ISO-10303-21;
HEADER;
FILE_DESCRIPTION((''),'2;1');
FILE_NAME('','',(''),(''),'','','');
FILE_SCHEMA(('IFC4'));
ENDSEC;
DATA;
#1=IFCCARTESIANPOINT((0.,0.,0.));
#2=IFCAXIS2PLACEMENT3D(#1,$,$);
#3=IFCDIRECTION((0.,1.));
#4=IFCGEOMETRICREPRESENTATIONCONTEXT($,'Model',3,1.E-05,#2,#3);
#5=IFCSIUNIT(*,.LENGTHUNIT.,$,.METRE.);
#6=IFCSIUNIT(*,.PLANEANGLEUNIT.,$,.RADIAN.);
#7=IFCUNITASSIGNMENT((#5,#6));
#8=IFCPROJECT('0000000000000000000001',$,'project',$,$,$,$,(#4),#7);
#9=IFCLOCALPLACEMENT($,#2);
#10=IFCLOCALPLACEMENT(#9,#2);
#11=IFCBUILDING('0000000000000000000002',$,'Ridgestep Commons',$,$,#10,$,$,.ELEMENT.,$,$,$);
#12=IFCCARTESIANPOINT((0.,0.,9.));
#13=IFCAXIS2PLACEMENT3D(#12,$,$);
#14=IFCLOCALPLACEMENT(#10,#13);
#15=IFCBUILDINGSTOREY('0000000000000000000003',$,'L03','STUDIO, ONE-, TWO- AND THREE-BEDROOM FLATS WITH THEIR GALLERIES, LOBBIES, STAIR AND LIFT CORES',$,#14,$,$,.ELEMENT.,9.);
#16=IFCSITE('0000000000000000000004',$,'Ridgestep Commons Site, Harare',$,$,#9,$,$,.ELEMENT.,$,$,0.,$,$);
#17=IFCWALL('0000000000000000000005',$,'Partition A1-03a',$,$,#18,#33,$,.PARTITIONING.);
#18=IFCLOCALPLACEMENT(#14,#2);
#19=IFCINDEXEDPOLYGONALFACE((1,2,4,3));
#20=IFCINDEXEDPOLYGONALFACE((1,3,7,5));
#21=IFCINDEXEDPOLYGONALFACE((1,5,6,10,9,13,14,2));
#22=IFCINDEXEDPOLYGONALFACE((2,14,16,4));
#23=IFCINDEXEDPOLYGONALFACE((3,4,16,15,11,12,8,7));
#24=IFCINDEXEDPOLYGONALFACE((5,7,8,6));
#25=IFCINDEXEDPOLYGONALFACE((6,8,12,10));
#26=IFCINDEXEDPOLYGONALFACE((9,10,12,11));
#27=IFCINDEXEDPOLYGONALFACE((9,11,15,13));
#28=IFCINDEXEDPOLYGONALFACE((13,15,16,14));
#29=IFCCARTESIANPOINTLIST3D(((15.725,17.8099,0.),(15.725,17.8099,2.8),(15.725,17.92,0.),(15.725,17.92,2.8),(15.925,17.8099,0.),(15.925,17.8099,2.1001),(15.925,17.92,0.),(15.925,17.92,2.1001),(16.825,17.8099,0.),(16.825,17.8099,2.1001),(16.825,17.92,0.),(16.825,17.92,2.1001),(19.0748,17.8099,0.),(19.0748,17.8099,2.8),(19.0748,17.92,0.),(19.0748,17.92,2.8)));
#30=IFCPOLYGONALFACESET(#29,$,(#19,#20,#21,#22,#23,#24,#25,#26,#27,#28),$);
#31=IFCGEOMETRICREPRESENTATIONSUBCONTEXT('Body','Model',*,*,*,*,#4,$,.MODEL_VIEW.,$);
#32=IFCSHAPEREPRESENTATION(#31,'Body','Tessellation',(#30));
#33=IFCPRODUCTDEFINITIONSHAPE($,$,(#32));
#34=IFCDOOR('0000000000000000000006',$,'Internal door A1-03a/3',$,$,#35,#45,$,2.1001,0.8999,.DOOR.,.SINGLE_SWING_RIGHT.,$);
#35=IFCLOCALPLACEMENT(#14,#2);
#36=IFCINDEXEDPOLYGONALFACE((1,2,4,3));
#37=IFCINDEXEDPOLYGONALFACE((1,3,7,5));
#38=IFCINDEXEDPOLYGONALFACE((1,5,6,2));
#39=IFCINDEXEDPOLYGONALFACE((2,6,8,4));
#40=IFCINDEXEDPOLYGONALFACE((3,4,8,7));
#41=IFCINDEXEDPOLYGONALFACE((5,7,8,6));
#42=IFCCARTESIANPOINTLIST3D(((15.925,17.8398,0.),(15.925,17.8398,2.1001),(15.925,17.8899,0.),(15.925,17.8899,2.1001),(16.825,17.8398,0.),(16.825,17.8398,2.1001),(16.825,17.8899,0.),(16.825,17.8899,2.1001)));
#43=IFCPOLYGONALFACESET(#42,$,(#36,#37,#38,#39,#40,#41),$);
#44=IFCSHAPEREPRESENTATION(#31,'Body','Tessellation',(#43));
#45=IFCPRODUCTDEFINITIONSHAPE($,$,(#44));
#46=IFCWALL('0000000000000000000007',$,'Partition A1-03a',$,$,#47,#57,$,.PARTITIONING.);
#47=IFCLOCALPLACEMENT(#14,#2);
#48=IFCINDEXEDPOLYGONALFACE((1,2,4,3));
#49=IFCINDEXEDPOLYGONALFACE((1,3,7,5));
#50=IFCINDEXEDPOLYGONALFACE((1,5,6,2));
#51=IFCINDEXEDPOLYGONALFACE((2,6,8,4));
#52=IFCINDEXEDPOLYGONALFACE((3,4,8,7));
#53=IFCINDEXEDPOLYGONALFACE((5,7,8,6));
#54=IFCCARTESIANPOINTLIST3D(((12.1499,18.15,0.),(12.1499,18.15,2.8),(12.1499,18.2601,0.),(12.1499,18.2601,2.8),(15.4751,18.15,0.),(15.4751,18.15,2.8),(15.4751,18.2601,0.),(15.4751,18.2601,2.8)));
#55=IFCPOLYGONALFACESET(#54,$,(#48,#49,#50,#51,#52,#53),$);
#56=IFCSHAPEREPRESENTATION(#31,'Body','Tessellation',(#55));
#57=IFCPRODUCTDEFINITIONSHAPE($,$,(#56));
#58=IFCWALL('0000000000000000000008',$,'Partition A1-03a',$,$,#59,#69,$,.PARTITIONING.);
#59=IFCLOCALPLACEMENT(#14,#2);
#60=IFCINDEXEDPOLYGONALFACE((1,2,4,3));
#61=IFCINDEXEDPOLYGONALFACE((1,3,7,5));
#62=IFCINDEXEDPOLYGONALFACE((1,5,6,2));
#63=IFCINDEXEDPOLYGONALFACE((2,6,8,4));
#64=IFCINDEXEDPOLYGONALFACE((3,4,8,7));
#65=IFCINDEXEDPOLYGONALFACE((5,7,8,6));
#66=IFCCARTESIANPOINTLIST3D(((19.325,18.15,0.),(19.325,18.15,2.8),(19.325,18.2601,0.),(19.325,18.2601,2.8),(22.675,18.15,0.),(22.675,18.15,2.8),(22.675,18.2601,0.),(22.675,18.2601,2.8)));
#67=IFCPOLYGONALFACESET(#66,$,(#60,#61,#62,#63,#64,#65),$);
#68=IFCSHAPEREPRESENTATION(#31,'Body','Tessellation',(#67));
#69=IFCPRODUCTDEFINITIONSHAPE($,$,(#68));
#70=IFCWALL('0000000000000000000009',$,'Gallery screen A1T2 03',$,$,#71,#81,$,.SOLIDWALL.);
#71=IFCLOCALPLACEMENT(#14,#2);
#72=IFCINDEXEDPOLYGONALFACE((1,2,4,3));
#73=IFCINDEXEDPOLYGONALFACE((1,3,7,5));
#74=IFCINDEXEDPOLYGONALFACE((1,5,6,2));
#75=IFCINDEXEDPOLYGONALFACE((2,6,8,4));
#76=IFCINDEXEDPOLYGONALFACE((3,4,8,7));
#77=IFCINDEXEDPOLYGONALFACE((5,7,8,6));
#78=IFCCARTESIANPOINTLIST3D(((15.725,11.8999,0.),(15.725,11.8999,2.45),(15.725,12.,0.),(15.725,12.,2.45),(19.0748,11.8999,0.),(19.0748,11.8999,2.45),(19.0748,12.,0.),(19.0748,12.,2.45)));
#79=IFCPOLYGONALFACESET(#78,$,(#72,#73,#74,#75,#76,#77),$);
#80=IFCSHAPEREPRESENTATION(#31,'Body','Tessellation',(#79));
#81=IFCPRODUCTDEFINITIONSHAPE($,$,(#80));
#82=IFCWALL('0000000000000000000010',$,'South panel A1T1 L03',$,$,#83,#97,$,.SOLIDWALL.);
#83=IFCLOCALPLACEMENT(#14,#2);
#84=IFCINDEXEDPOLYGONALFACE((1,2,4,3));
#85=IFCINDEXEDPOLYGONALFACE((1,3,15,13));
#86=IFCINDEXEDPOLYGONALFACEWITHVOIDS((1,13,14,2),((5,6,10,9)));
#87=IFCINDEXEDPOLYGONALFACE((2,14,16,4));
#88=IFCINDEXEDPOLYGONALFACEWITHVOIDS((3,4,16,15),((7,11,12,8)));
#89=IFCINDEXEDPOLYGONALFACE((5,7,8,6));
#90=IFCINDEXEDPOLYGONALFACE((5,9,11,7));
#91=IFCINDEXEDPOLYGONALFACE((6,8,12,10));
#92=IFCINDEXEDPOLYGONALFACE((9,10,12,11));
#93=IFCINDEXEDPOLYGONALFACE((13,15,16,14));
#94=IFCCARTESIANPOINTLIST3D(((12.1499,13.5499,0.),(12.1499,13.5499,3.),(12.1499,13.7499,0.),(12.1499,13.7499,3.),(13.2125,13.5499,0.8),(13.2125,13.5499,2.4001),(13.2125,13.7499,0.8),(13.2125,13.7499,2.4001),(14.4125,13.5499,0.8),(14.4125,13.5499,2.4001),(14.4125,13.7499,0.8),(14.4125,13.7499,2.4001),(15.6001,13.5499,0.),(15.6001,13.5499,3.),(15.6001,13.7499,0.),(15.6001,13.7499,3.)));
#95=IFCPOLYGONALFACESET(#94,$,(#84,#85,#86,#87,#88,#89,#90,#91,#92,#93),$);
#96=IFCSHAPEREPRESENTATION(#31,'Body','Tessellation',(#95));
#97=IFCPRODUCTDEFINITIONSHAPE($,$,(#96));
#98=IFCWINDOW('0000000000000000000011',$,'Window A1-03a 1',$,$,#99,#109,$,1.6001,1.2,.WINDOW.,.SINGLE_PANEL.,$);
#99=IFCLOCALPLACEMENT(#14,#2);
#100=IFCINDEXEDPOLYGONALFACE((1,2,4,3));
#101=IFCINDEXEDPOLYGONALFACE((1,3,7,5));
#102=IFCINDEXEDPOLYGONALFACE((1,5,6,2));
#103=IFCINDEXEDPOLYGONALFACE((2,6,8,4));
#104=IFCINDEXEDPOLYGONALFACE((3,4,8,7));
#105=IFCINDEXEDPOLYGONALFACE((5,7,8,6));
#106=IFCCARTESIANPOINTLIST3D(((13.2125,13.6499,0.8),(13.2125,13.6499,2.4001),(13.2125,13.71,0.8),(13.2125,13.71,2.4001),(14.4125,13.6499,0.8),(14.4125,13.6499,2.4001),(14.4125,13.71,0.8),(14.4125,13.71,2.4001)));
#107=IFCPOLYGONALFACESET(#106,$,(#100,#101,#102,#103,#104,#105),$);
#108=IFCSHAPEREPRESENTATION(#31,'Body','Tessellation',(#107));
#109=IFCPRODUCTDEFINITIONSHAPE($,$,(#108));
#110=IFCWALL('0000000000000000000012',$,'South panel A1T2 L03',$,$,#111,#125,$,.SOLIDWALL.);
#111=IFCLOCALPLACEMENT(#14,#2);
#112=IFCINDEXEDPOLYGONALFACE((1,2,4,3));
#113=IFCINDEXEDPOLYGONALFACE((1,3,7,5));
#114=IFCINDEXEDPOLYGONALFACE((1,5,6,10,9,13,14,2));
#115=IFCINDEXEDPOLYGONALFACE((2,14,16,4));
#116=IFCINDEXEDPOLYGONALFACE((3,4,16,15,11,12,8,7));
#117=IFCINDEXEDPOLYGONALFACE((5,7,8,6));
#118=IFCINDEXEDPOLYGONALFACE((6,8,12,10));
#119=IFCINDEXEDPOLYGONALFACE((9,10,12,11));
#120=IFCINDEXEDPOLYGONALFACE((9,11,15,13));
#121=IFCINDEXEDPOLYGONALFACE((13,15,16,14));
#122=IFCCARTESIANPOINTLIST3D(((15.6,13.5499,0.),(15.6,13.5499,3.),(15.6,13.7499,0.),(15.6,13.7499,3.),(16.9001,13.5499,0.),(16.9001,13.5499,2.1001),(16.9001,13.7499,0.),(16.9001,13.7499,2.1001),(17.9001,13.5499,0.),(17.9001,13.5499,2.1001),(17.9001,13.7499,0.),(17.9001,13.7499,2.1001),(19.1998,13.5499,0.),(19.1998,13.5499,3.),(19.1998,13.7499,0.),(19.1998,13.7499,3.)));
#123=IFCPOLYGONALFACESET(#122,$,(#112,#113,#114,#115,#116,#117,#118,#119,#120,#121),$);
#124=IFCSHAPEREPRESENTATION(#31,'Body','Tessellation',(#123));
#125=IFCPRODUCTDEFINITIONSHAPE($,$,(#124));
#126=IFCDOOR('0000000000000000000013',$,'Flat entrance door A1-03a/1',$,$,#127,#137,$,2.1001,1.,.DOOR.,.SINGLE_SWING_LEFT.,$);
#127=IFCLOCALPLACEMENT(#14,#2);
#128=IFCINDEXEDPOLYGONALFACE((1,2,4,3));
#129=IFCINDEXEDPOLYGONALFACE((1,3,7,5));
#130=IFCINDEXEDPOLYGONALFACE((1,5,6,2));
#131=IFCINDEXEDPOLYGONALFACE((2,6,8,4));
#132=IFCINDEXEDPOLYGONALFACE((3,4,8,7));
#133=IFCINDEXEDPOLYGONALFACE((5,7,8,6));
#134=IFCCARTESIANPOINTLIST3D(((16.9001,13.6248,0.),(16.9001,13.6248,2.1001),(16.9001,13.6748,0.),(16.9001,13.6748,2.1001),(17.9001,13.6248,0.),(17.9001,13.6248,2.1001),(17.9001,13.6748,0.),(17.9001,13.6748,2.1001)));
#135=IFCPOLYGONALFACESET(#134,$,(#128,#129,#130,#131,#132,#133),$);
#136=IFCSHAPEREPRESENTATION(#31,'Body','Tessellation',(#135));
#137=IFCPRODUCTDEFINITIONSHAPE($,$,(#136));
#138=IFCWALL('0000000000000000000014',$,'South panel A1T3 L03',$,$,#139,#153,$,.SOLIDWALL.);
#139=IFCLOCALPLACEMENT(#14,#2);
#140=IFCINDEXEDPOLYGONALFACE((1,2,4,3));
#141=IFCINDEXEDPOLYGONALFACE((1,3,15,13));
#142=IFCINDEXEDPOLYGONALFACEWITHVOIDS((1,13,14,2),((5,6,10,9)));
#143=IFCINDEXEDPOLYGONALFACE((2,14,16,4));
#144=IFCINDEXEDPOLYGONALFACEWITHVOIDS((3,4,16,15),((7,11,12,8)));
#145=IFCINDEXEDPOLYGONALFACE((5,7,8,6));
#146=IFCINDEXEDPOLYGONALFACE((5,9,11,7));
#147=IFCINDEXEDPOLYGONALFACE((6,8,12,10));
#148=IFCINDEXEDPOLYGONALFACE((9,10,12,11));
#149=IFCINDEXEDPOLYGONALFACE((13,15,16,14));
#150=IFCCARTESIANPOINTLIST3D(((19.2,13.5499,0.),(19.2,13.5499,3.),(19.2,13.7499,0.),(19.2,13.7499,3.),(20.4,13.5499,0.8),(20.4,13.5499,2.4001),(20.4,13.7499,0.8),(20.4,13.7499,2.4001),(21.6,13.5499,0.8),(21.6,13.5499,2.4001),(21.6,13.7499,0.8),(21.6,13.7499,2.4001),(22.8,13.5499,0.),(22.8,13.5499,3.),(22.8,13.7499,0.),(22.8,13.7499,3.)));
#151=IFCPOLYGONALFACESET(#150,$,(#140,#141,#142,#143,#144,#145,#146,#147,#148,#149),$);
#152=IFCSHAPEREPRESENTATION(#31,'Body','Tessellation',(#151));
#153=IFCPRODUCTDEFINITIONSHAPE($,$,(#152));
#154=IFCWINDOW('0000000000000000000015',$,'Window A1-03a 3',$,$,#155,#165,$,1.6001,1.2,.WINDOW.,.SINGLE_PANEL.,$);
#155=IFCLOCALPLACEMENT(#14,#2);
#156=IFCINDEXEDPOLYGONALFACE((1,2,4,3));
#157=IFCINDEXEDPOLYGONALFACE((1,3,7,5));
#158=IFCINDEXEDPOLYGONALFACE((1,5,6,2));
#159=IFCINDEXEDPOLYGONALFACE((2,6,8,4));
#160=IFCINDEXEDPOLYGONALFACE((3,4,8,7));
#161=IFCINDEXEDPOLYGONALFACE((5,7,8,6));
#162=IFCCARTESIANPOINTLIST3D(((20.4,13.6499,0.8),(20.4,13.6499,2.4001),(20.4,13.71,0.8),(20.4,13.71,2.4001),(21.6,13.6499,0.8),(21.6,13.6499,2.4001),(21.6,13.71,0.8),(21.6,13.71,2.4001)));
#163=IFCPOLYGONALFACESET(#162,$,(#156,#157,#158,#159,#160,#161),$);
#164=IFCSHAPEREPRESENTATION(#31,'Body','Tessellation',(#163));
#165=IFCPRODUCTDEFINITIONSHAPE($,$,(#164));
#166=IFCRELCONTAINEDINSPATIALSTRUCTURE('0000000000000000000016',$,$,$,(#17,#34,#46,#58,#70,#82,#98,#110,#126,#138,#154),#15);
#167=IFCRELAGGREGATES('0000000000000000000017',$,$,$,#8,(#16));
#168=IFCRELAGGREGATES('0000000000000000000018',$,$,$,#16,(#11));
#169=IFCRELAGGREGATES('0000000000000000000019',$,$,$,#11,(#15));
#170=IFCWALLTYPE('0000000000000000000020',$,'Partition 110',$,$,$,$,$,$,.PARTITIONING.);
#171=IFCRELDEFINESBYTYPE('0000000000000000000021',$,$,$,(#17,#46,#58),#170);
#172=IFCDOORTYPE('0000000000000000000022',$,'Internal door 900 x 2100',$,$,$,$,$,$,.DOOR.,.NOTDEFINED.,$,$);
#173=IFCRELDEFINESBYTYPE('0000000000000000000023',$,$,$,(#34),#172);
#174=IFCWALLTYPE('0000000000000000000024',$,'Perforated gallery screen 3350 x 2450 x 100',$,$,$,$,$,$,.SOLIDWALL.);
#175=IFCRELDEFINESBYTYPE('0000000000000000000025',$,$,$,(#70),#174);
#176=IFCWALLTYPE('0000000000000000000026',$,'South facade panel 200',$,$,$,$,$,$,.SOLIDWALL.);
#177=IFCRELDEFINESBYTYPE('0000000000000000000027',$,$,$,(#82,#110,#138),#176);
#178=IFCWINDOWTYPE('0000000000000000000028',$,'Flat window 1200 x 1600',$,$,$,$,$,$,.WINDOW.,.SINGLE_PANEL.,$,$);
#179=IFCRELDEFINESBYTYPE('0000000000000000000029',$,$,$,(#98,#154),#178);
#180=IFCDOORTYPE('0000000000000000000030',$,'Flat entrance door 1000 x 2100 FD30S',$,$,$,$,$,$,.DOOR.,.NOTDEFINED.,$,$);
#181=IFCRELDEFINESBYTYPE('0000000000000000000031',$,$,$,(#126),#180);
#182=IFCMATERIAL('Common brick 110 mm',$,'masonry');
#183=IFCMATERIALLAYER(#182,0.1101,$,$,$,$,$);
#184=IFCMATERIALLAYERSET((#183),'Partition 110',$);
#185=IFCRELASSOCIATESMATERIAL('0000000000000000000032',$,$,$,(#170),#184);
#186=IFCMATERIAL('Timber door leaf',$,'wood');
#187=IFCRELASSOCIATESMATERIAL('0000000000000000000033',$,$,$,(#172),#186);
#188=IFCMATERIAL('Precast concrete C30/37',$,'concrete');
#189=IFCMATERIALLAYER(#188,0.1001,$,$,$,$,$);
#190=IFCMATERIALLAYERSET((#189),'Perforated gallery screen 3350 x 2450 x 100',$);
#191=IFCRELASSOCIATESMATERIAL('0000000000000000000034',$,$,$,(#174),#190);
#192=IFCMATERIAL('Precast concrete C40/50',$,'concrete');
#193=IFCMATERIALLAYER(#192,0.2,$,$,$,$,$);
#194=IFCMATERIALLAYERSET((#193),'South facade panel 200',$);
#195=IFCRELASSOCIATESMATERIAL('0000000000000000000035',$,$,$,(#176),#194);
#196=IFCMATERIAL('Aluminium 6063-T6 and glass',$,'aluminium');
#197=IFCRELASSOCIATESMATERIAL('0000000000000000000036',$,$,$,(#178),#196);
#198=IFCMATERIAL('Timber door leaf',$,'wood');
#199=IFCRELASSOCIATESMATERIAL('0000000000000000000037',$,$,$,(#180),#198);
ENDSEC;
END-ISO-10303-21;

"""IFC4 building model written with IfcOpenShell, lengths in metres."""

from ifc_helpers import new_model, si_unit, direction, frame, frame_2d, origin, place, context, subcontext, project, spatial, rectangle, extrude, material, layer, layer_set, type_object, element, fill, save


model = new_model("IFC4")

# Units and contexts
model_context = context("Model", 3, precision=1e-05, world=origin(), true_north=direction((0.0, 1.0)))
body_context = subcontext(model_context, "Body", "Model", "MODEL_VIEW")
ifc_project = project(units=[si_unit("LENGTHUNIT", "METRE"), si_unit("PLANEANGLEUNIT", "RADIAN")], contexts=[model_context])

# Site, building, storey
site_placement = place(None, origin())
site = spatial("IfcSite", under=ifc_project, at=site_placement, Name="Ridgestep Commons Site, Harare", CompositionType="ELEMENT", RefElevation=0.0)
building_placement = place(site_placement, origin())
building = spatial("IfcBuilding", under=site, at=building_placement, Name="Ridgestep Commons", CompositionType="ELEMENT")
storey_placement = place(building_placement, frame((0.0, 0.0, 9.0)))
storey = spatial("IfcBuildingStorey", under=building, at=storey_placement, Name="L03", Description="STUDIO, ONE-, TWO- AND THREE-BEDROOM FLATS WITH THEIR GALLERIES, LOBBIES, STAIR AND LIFT CORES", CompositionType="ELEMENT", Elevation=9.0)

# Shared definitions
ifc_material_1 = material(Name="Common brick 110 mm", Category="masonry")
ifc_layer_1 = layer(ifc_material_1, 0.1101)
ifc_layer_set_1 = layer_set([ifc_layer_1], Name="Partition 110")
wall_type_1 = type_object("IfcWallType", Name="Partition 110", PredefinedType="PARTITIONING", material=ifc_layer_set_1)

# Wall, opening, door
wall_1_placement = place(storey_placement, frame((15.7251, 17.865, 0.0), z_axis=(0.0, 0.0, 1.0), x_axis=(1.0, 0.0, 0.0)))
wall_1 = element("IfcWall", 1, at=wall_1_placement, inside=storey, type_object=wall_type_1, Name="Partition A1-03a", PredefinedType="PARTITIONING", context=body_context, shape_type="SweptSolid", body=[
    extrude(rectangle(XDim=3.3499, YDim=0.1101, at=frame_2d((1.6748, 0.0))), origin(), (0.0, 0.0, 1.0), 2.8),
])
opening_1_placement = place(wall_1_placement, frame((0.2, 0.0, 0.0)))
opening_1 = element("IfcOpeningElement", 2, at=opening_1_placement, cuts=wall_1, PredefinedType="OPENING", context=body_context, shape_type="SweptSolid", body=[
    extrude(rectangle(XDim=0.8999, YDim=2.1001, at=frame_2d((0.45, 1.05))), frame((0.0, 0.0649, 0.0), z_axis=(0.0, -1.0, 0.0), x_axis=(1.0, 0.0, 0.0)), (0.0, 0.0, 1.0), 0.1301),
])
ifc_material_2 = material(Name="Timber door leaf", Category="wood")
door_type_1 = type_object("IfcDoorType", Name="Internal door 900 x 2100", OperationType="NOTDEFINED", PredefinedType="DOOR", material=ifc_material_2)
door_1_placement = place(opening_1_placement, origin())
door_1 = element("IfcDoor", 3, at=door_1_placement, inside=storey, type_object=door_type_1, Name="Internal door A1-03a/3", OperationType="SINGLE_SWING_RIGHT", OverallHeight=2.1001, OverallWidth=0.8999, PredefinedType="DOOR", context=body_context, shape_type="SweptSolid", body=[
    extrude(rectangle(XDim=0.8999, YDim=2.1001, at=frame_2d((0.45, 1.05))), frame((0.0, 0.0249, 0.0), z_axis=(0.0, -1.0, 0.0), x_axis=(1.0, 0.0, 0.0)), (0.0, 0.0, 1.0), 0.05),
])
fill(opening_1, door_1)

# Walls
wall_2_placement = place(storey_placement, frame((12.1499, 18.2051, 0.0), z_axis=(0.0, 0.0, 1.0), x_axis=(1.0, 0.0, 0.0)))
element("IfcWall", 4, at=wall_2_placement, inside=storey, type_object=wall_type_1, Name="Partition A1-03a", PredefinedType="PARTITIONING", context=body_context, shape_type="SweptSolid", body=[
    extrude(rectangle(XDim=3.3252, YDim=0.1101, at=frame_2d((1.6626, 0.0))), origin(), (0.0, 0.0, 1.0), 2.8),
])
wall_3_placement = place(storey_placement, frame((19.325, 18.2051, 0.0), z_axis=(0.0, 0.0, 1.0), x_axis=(1.0, 0.0, 0.0)))
element("IfcWall", 5, at=wall_3_placement, inside=storey, type_object=wall_type_1, Name="Partition A1-03a", PredefinedType="PARTITIONING", context=body_context, shape_type="SweptSolid", body=[
    extrude(rectangle(XDim=3.3501, YDim=0.1101, at=frame_2d((1.675, 0.0))), origin(), (0.0, 0.0, 1.0), 2.8),
])
ifc_material_3 = material(Name="Precast concrete C30/37", Category="concrete")
ifc_layer_2 = layer(ifc_material_3, 0.1001)
ifc_layer_set_2 = layer_set([ifc_layer_2], Name="Perforated gallery screen 3350 x 2450 x 100")
wall_type_2 = type_object("IfcWallType", Name="Perforated gallery screen 3350 x 2450 x 100", PredefinedType="SOLIDWALL", material=ifc_layer_set_2)
wall_4_placement = place(storey_placement, frame((15.7251, 11.95, 0.0), z_axis=(0.0, 0.0, 1.0), x_axis=(1.0, 0.0, 0.0)))
element("IfcWall", 6, at=wall_4_placement, inside=storey, type_object=wall_type_2, Name="Gallery screen A1T2 03", PredefinedType="SOLIDWALL", context=body_context, shape_type="SweptSolid", body=[
    extrude(rectangle(XDim=3.3499, YDim=0.1001, at=frame_2d((1.6748, 0.0))), origin(), (0.0, 0.0, 1.0), 2.45),
])

# Wall, opening, window
ifc_material_4 = material(Name="Precast concrete C40/50", Category="concrete")
ifc_layer_3 = layer(ifc_material_4, 0.2)
ifc_layer_set_3 = layer_set([ifc_layer_3], Name="South facade panel 200")
wall_type_3 = type_object("IfcWallType", Name="South facade panel 200", PredefinedType="SOLIDWALL", material=ifc_layer_set_3)
wall_5_placement = place(storey_placement, frame((12.1499, 13.6499, 0.0), z_axis=(0.0, 0.0, 1.0), x_axis=(1.0, 0.0, 0.0)))
wall_5 = element("IfcWall", 7, at=wall_5_placement, inside=storey, type_object=wall_type_3, Name="South panel A1T1 L03", PredefinedType="SOLIDWALL", context=body_context, shape_type="SweptSolid", body=[
    extrude(rectangle(XDim=3.4502, YDim=0.2, at=frame_2d((1.7251, 0.0))), origin(), (0.0, 0.0, 1.0), 3.0),
])
opening_2_placement = place(wall_5_placement, frame((1.0625, 0.0, 0.8)))
opening_2 = element("IfcOpeningElement", 8, at=opening_2_placement, cuts=wall_5, PredefinedType="OPENING", context=body_context, shape_type="SweptSolid", body=[
    extrude(rectangle(XDim=1.2, YDim=1.6001, at=frame_2d((0.6001, 0.8))), frame((0.0, 0.1099, 0.0), z_axis=(0.0, -1.0, 0.0), x_axis=(1.0, 0.0, 0.0)), (0.0, 0.0, 1.0), 0.22),
])
ifc_material_5 = material(Name="Aluminium 6063-T6 and glass", Category="aluminium")
window_type = type_object("IfcWindowType", Name="Flat window 1200 x 1600", PartitioningType="SINGLE_PANEL", PredefinedType="WINDOW", material=ifc_material_5)
window_1_placement = place(opening_2_placement, origin())
window_1 = element("IfcWindow", 9, at=window_1_placement, inside=storey, type_object=window_type, Name="Window A1-03a 1", OverallHeight=1.6001, OverallWidth=1.2, PartitioningType="SINGLE_PANEL", PredefinedType="WINDOW", context=body_context, shape_type="SweptSolid", body=[
    extrude(rectangle(XDim=1.2, YDim=1.6001, at=frame_2d((0.6001, 0.8))), frame((0.0, 0.0601, 0.0), z_axis=(0.0, -1.0, 0.0), x_axis=(1.0, 0.0, 0.0)), (0.0, 0.0, 1.0), 0.0601),
])
fill(opening_2, window_1)

# Wall, opening, door
wall_6_placement = place(storey_placement, frame((15.6001, 13.6499, 0.0), z_axis=(0.0, 0.0, 1.0), x_axis=(1.0, 0.0, 0.0)))
wall_6 = element("IfcWall", 10, at=wall_6_placement, inside=storey, type_object=wall_type_3, Name="South panel A1T2 L03", PredefinedType="SOLIDWALL", context=body_context, shape_type="SweptSolid", body=[
    extrude(rectangle(XDim=3.5999, YDim=0.2, at=frame_2d((1.7998, 0.0))), origin(), (0.0, 0.0, 1.0), 3.0),
])
opening_3_placement = place(wall_6_placement, frame((1.3, 0.0, 0.0)))
opening_3 = element("IfcOpeningElement", 11, at=opening_3_placement, cuts=wall_6, PredefinedType="OPENING", context=body_context, shape_type="SweptSolid", body=[
    extrude(rectangle(XDim=1.0, YDim=2.1001, at=frame_2d((0.5, 1.05))), frame((0.0, 0.1099, 0.0), z_axis=(0.0, -1.0, 0.0), x_axis=(1.0, 0.0, 0.0)), (0.0, 0.0, 1.0), 0.22),
])
ifc_material_6 = material(Name="Timber door leaf", Category="wood")
door_type_2 = type_object("IfcDoorType", Name="Flat entrance door 1000 x 2100 FD30S", OperationType="NOTDEFINED", PredefinedType="DOOR", material=ifc_material_6)
door_2_placement = place(opening_3_placement, origin())
door_2 = element("IfcDoor", 12, at=door_2_placement, inside=storey, type_object=door_type_2, Name="Flat entrance door A1-03a/1", OperationType="SINGLE_SWING_LEFT", OverallHeight=2.1001, OverallWidth=1.0, PredefinedType="DOOR", context=body_context, shape_type="SweptSolid", body=[
    extrude(rectangle(XDim=1.0, YDim=2.1001, at=frame_2d((0.5, 1.05))), frame((0.0, 0.0249, 0.0), z_axis=(0.0, -1.0, 0.0), x_axis=(1.0, 0.0, 0.0)), (0.0, 0.0, 1.0), 0.05),
])
fill(opening_3, door_2)

# Wall, opening, window
wall_7_placement = place(storey_placement, frame((19.2, 13.6499, 0.0), z_axis=(0.0, 0.0, 1.0), x_axis=(1.0, 0.0, 0.0)))
wall_7 = element("IfcWall", 13, at=wall_7_placement, inside=storey, type_object=wall_type_3, Name="South panel A1T3 L03", PredefinedType="SOLIDWALL", context=body_context, shape_type="SweptSolid", body=[
    extrude(rectangle(XDim=3.6001, YDim=0.2, at=frame_2d((1.8, 0.0))), origin(), (0.0, 0.0, 1.0), 3.0),
])
opening_4_placement = place(wall_7_placement, frame((1.2, 0.0, 0.8)))
opening_4 = element("IfcOpeningElement", 14, at=opening_4_placement, cuts=wall_7, PredefinedType="OPENING", context=body_context, shape_type="SweptSolid", body=[
    extrude(rectangle(XDim=1.2, YDim=1.6001, at=frame_2d((0.6001, 0.8))), frame((0.0, 0.1099, 0.0), z_axis=(0.0, -1.0, 0.0), x_axis=(1.0, 0.0, 0.0)), (0.0, 0.0, 1.0), 0.22),
])
window_2_placement = place(opening_4_placement, origin())
window_2 = element("IfcWindow", 15, at=window_2_placement, inside=storey, type_object=window_type, Name="Window A1-03a 3", OverallHeight=1.6001, OverallWidth=1.2, PartitioningType="SINGLE_PANEL", PredefinedType="WINDOW", context=body_context, shape_type="SweptSolid", body=[
    extrude(rectangle(XDim=1.2, YDim=1.6001, at=frame_2d((0.6001, 0.8))), frame((0.0, 0.0601, 0.0), z_axis=(0.0, -1.0, 0.0), x_axis=(1.0, 0.0, 0.0)), (0.0, 0.0, 1.0), 0.0601),
])
fill(opening_4, window_2)

save(model, "model.ifc")
